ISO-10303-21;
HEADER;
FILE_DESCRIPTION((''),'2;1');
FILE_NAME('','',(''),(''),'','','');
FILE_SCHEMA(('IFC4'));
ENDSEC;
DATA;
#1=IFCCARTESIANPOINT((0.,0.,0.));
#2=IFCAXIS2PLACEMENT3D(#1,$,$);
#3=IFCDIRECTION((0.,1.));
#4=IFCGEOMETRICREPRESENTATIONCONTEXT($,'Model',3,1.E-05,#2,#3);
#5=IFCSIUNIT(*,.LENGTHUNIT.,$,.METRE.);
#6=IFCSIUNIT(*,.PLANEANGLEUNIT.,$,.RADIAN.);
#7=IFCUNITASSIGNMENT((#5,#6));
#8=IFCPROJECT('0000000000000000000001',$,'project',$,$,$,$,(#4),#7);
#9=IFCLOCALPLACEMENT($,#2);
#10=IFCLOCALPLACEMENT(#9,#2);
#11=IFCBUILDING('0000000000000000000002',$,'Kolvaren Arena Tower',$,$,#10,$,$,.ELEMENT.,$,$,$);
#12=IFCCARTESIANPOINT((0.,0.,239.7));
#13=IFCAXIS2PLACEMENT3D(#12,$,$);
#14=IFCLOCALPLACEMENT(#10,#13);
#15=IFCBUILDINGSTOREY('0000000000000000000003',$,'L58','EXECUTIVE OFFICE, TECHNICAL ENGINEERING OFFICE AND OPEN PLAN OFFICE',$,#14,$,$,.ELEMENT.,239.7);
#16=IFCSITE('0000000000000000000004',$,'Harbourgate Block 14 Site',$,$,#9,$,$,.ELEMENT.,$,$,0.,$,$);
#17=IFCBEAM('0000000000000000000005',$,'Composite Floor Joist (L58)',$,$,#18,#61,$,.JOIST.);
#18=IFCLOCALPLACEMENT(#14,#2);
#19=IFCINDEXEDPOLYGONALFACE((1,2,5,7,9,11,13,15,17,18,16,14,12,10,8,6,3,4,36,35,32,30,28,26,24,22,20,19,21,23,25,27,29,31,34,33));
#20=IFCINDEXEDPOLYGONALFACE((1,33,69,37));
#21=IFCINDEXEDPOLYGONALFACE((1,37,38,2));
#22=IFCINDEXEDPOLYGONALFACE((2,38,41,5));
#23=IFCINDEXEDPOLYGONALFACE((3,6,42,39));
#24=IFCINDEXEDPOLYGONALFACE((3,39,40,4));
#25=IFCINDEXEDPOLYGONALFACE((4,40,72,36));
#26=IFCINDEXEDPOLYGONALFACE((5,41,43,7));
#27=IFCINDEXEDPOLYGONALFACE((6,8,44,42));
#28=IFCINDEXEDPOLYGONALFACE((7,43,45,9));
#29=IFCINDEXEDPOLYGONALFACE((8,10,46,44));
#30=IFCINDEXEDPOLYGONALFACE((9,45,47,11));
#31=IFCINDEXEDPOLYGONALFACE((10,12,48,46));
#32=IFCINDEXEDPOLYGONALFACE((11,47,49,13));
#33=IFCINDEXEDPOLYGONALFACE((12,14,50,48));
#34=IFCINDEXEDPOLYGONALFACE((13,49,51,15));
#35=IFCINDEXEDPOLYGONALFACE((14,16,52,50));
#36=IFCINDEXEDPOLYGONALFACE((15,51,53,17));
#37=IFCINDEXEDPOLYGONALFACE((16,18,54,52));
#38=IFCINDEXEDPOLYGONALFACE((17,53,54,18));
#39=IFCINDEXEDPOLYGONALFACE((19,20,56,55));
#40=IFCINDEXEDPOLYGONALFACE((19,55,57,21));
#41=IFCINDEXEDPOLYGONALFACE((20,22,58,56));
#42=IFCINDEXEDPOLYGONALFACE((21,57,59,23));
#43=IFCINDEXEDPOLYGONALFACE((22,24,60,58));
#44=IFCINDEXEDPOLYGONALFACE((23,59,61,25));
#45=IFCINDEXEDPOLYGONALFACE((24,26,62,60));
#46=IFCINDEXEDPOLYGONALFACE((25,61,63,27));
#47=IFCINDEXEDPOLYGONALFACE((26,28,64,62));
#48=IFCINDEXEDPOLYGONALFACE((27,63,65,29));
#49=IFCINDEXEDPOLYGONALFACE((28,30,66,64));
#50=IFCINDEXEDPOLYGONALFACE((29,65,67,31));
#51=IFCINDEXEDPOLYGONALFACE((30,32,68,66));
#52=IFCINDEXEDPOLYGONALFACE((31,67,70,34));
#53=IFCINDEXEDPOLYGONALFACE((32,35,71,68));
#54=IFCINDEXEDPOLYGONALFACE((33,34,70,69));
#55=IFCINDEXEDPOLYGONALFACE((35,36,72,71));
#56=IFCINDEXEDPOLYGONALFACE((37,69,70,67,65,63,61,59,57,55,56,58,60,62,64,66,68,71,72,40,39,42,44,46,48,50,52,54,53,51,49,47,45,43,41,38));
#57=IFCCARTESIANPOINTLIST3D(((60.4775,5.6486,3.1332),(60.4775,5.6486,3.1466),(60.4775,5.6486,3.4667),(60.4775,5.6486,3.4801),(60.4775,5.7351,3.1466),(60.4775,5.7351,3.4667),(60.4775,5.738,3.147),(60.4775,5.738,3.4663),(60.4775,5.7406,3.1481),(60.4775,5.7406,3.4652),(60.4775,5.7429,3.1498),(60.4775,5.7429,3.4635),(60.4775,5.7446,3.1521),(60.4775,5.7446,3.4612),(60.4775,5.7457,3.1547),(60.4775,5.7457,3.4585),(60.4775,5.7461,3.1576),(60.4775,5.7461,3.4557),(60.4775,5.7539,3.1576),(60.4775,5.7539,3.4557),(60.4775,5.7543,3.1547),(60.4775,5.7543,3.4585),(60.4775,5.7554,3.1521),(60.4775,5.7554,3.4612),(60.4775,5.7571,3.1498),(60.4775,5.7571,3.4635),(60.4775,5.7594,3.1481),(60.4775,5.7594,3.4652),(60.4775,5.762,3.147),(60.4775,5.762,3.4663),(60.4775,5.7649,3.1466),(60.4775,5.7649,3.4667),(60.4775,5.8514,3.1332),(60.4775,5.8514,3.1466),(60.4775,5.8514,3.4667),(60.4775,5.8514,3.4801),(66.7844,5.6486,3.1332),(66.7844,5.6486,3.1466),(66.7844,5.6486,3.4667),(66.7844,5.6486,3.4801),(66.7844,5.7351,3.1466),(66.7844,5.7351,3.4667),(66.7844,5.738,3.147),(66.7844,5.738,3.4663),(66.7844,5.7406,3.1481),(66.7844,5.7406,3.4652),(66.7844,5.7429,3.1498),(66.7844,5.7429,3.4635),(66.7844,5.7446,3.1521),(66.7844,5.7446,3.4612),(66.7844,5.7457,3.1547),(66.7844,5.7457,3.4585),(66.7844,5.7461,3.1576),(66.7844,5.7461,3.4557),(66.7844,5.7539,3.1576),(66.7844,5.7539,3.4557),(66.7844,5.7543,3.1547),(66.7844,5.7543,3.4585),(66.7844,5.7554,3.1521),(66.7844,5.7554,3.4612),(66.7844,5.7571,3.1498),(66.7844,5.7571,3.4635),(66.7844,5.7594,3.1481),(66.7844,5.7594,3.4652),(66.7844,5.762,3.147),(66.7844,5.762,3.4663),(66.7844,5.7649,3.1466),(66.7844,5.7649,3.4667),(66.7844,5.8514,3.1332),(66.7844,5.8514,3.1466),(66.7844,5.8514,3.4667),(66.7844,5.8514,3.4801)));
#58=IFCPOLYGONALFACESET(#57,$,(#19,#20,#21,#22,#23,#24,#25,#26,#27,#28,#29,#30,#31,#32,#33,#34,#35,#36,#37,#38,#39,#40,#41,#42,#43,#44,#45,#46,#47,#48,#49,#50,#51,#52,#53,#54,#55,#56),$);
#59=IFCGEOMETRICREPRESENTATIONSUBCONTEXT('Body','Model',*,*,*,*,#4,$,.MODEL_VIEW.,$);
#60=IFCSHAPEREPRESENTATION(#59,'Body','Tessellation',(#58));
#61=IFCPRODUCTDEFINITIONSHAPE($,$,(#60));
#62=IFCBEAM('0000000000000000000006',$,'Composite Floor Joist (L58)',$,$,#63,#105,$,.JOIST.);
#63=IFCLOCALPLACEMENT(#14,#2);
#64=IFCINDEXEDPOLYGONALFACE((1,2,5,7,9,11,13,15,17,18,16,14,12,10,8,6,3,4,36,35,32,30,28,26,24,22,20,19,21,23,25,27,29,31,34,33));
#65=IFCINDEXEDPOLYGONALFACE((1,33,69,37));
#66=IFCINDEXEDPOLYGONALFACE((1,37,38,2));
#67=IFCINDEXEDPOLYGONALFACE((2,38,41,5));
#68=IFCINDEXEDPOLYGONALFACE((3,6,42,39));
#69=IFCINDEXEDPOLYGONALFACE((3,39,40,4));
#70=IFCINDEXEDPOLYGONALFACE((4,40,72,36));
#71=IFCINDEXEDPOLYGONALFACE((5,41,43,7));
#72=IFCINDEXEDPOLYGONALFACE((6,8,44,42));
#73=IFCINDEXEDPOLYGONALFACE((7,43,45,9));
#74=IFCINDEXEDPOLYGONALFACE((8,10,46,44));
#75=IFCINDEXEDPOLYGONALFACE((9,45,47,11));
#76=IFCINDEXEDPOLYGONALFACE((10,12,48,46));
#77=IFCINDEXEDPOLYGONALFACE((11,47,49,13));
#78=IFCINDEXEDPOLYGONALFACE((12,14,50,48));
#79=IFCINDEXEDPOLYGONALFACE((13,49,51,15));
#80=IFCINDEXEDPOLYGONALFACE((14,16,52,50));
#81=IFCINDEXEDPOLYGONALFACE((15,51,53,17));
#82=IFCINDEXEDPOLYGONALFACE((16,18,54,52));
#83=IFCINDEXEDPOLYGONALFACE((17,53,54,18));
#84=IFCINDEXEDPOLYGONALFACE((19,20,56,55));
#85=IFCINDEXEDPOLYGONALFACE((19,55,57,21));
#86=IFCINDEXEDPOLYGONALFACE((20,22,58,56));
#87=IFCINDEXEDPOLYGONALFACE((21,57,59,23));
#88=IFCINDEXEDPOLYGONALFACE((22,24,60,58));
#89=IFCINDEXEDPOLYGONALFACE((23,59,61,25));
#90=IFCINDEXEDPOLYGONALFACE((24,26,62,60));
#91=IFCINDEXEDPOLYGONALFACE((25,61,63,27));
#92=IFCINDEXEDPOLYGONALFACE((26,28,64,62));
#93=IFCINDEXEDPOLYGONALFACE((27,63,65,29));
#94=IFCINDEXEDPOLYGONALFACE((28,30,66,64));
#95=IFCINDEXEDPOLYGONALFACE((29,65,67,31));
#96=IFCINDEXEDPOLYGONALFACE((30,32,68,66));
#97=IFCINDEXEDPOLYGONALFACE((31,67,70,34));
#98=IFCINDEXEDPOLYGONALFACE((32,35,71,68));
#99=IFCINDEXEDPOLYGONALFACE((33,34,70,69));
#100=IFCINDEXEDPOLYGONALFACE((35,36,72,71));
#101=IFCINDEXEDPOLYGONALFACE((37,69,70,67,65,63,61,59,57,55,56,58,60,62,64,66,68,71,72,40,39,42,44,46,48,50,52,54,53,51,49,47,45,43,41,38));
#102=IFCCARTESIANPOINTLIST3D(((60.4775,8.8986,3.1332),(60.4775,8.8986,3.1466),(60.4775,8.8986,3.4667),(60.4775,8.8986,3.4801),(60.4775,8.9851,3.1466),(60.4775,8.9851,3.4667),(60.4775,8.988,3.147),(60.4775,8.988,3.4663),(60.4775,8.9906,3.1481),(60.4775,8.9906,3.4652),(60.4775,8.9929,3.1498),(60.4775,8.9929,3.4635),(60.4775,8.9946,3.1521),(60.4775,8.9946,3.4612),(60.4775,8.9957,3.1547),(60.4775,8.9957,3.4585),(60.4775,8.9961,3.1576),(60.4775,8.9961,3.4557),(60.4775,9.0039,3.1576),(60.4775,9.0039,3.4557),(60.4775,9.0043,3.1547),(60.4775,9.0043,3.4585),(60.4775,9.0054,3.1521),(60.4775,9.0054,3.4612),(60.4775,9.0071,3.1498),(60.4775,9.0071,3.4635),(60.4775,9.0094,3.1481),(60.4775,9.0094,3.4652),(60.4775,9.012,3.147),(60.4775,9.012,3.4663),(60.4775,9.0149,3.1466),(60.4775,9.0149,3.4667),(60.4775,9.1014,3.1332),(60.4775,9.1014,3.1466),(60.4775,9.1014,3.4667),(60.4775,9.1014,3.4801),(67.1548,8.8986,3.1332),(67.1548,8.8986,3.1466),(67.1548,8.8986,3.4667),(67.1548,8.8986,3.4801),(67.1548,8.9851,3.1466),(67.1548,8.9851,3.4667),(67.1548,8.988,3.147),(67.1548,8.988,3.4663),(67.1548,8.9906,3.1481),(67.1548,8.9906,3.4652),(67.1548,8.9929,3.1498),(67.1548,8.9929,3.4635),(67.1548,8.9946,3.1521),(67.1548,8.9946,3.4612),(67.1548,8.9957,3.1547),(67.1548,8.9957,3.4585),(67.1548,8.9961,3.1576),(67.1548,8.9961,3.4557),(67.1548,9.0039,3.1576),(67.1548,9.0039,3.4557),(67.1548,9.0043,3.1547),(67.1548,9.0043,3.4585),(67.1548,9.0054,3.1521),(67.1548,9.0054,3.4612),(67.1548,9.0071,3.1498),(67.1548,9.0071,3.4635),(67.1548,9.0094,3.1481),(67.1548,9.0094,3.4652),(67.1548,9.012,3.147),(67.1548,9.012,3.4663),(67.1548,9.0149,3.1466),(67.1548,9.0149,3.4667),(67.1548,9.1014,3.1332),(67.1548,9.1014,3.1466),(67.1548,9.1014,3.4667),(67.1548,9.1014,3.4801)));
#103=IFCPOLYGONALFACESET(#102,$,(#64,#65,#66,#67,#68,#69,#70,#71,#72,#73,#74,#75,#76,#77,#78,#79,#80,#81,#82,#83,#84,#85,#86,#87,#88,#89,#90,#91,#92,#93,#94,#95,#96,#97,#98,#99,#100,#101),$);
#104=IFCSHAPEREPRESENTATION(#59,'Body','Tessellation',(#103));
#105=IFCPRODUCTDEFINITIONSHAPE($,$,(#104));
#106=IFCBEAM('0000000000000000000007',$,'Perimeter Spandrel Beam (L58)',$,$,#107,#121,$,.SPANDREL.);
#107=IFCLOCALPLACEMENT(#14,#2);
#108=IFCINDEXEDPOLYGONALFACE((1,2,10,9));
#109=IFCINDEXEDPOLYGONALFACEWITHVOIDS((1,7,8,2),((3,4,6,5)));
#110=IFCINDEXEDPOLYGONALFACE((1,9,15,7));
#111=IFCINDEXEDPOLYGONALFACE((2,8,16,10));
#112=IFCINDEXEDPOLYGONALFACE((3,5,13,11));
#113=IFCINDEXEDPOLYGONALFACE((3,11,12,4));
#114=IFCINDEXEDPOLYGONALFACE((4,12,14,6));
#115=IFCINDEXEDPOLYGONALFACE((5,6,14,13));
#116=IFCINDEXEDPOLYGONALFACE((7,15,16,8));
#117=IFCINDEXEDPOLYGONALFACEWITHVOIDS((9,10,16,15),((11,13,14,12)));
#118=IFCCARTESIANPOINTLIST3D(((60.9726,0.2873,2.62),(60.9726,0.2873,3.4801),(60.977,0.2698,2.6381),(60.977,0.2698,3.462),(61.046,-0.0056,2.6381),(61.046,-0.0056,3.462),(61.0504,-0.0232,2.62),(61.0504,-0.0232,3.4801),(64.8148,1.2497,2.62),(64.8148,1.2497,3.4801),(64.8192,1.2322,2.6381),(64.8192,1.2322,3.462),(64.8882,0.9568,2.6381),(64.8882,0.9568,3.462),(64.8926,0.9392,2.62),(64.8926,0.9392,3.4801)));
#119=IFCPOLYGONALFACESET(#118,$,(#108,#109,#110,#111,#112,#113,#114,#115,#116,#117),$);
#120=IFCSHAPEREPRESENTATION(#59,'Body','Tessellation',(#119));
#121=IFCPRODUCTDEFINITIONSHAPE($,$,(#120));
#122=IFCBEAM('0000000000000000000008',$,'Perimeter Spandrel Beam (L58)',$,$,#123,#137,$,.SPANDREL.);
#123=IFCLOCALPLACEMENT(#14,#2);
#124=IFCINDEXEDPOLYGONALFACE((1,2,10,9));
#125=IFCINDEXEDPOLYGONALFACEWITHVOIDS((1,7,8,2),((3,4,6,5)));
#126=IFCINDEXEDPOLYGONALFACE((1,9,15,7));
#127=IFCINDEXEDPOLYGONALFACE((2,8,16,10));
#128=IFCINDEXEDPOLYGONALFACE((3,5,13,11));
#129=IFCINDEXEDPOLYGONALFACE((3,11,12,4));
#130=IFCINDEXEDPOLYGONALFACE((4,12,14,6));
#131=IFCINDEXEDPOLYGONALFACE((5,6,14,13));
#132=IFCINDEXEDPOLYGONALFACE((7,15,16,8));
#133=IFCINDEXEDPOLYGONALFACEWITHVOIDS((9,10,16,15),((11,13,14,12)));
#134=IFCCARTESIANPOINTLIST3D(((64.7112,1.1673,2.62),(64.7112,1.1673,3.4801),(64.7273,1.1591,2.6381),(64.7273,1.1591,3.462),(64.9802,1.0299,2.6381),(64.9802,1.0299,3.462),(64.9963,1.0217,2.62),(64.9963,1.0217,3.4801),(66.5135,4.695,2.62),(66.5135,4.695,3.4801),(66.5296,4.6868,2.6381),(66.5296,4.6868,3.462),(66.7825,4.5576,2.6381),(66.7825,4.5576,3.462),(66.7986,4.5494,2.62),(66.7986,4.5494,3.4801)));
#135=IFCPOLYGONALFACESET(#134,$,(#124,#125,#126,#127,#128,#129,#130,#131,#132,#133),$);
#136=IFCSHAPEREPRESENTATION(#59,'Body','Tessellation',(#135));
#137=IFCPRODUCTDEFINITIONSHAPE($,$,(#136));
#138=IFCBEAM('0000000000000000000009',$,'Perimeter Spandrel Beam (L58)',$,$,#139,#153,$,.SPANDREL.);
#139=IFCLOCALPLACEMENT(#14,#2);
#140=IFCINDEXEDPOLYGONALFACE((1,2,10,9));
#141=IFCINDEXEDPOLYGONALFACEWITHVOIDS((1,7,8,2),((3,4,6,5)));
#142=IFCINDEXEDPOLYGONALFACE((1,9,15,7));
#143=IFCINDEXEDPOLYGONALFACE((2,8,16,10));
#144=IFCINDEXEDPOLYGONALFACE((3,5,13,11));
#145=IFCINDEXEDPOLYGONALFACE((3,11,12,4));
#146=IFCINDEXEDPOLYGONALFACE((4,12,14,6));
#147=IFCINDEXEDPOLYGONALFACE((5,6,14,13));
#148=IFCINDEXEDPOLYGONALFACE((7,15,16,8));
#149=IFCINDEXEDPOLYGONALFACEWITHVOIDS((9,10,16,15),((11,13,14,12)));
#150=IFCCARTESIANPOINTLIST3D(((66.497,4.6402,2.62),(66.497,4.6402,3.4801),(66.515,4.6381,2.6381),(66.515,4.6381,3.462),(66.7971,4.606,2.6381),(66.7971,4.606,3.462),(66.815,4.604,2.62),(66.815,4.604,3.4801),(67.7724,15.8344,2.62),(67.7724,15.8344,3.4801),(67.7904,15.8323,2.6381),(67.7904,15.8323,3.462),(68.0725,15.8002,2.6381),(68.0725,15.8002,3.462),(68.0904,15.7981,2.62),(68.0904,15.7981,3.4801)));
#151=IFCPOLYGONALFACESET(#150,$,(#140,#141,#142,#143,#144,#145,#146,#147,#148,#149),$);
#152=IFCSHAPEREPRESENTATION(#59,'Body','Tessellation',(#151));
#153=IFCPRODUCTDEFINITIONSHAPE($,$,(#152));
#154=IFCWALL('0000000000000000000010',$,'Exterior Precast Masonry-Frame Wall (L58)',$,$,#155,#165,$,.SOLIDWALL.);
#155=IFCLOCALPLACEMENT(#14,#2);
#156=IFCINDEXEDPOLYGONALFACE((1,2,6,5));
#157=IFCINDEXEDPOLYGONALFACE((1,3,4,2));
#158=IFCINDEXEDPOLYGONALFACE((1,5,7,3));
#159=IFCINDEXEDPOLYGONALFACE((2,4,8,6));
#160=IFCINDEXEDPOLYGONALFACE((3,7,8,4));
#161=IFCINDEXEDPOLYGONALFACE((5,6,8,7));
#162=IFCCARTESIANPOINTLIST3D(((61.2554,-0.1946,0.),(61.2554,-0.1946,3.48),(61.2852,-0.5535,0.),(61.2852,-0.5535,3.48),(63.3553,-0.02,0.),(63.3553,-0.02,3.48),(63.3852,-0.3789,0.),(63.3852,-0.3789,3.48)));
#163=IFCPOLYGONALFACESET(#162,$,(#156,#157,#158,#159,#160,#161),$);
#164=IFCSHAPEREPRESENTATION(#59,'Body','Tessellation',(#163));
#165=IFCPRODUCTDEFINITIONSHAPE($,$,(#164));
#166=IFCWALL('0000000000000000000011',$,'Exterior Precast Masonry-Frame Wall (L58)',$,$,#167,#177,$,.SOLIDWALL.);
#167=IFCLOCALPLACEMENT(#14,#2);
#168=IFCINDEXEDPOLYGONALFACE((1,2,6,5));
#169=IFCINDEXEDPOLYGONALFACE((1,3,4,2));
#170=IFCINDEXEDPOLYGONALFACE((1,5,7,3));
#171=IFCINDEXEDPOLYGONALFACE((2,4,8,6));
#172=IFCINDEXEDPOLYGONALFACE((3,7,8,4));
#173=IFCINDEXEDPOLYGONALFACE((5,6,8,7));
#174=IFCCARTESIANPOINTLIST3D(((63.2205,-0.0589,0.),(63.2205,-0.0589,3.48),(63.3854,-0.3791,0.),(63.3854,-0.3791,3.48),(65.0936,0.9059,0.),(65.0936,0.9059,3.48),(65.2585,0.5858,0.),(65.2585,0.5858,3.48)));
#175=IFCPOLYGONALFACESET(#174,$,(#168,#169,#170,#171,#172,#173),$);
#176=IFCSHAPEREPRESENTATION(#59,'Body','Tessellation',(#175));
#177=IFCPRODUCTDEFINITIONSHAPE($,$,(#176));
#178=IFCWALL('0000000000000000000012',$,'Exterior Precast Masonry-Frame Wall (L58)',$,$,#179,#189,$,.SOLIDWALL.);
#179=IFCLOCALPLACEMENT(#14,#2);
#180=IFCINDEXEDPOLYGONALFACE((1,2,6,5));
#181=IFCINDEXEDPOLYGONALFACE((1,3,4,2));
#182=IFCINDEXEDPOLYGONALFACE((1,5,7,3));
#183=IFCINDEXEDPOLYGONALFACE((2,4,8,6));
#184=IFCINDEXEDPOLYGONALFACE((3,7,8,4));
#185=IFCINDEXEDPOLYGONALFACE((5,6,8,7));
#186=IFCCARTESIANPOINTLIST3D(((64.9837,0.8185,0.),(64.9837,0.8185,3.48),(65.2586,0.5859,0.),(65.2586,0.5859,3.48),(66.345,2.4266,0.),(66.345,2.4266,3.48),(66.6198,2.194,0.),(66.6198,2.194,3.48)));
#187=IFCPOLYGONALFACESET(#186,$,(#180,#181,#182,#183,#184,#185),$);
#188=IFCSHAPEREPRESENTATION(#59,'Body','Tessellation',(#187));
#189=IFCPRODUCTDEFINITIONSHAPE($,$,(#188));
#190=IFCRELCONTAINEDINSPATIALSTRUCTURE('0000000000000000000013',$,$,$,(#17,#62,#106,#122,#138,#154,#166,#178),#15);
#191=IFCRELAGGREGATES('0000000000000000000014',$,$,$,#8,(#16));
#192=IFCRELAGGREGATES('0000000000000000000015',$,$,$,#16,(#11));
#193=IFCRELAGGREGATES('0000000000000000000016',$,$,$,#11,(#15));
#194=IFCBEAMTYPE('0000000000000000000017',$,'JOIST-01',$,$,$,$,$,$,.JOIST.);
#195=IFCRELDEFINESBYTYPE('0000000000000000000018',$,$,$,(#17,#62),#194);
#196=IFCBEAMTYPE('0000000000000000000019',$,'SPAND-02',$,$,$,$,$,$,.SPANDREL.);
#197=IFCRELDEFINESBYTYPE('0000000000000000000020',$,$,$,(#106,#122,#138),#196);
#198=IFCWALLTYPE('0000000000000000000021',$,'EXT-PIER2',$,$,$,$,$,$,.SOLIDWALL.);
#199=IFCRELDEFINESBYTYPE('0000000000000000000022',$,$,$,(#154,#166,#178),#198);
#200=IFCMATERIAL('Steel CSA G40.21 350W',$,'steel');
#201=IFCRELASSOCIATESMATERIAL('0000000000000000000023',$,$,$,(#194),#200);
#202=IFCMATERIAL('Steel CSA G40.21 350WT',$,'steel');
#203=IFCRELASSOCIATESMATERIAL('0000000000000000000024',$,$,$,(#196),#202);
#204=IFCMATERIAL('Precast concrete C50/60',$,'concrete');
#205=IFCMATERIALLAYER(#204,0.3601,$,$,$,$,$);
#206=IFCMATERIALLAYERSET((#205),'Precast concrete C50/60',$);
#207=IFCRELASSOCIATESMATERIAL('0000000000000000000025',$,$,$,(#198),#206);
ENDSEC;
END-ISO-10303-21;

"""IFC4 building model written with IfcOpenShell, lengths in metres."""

from ifc_helpers import new_model, si_unit, direction, frame, frame_2d, origin, origin_2d, place, context, subcontext, project, spatial, rectangle, hollow_rectangle, i_section, extrude, material, layer, layer_set, material_profile, profile_set, type_object, element, save


model = new_model("IFC4")

# Units and contexts
model_context = context("Model", 3, precision=1e-05, world=origin(), true_north=direction((0.0, 1.0)))
body_context = subcontext(model_context, "Body", "Model", "MODEL_VIEW")
ifc_project = project(units=[si_unit("LENGTHUNIT", "METRE"), si_unit("PLANEANGLEUNIT", "RADIAN")], contexts=[model_context])

# Site, building, storey
site_placement = place(None, origin())
site = spatial("IfcSite", under=ifc_project, at=site_placement, Name="Harbourgate Block 14 Site", CompositionType="ELEMENT", RefElevation=0.0)
building_placement = place(site_placement, origin())
building = spatial("IfcBuilding", under=site, at=building_placement, Name="Kolvaren Arena Tower", CompositionType="ELEMENT")
storey_placement = place(building_placement, frame((0.0, 0.0, 239.7)))
storey = spatial("IfcBuildingStorey", under=building, at=storey_placement, Name="L58", Description="EXECUTIVE OFFICE, TECHNICAL ENGINEERING OFFICE AND OPEN PLAN OFFICE", CompositionType="ELEMENT", Elevation=239.7)

# Beams
ifc_material_1 = material(Name="Steel CSA G40.21 350W", Category="steel")
ifc_material_profile_1 = material_profile(ifc_material_1, i_section(OverallWidth=0.2029, OverallDepth=0.3469, WebThickness=0.0078, FlangeThickness=0.0134, FilletRadius=0.011, at=origin_2d()), Name="W360x64")
ifc_profile_set_1 = profile_set([ifc_material_profile_1], Name="Steel CSA G40.21 350W")
beam_type_1 = type_object("IfcBeamType", Name="JOIST-01", PredefinedType="JOIST", material=ifc_profile_set_1)
beam_1_placement = place(storey_placement, frame((60.4775, 5.75, 3.3066), z_axis=(1.0, 0.0, 0.0), x_axis=(0.0, 1.0, 0.0)))
element("IfcBeam", 1, at=beam_1_placement, inside=storey, type_object=beam_type_1, Name="Composite Floor Joist (L58)", PredefinedType="JOIST", context=body_context, shape_type="SweptSolid", body=[
    extrude(i_section(OverallWidth=0.2029, OverallDepth=0.3469, WebThickness=0.0078, FlangeThickness=0.0134, FilletRadius=0.011, at=origin_2d()), origin(), (0.0, 0.0, 1.0), 6.3069),
])
beam_2_placement = place(storey_placement, frame((60.4775, 9.0, 3.3066), z_axis=(1.0, 0.0, 0.0), x_axis=(0.0, 1.0, 0.0)))
element("IfcBeam", 2, at=beam_2_placement, inside=storey, type_object=beam_type_1, Name="Composite Floor Joist (L58)", PredefinedType="JOIST", context=body_context, shape_type="SweptSolid", body=[
    extrude(i_section(OverallWidth=0.2029, OverallDepth=0.3469, WebThickness=0.0078, FlangeThickness=0.0134, FilletRadius=0.011, at=origin_2d()), origin(), (0.0, 0.0, 1.0), 6.6772),
])
ifc_material_2 = material(Name="Steel CSA G40.21 350WT", Category="steel")
ifc_material_profile_2 = material_profile(ifc_material_2, hollow_rectangle(XDim=0.3201, YDim=0.8601, WallThickness=0.0181, at=origin_2d()), Name="HSS 860x320x18")
ifc_profile_set_2 = profile_set([ifc_material_profile_2], Name="Steel CSA G40.21 350WT")
beam_type_2 = type_object("IfcBeamType", Name="SPAND-02", PredefinedType="SPANDREL", material=ifc_profile_set_2)
beam_3_placement = place(storey_placement, frame((61.0115, 0.1321, 3.05), z_axis=(0.970034, 0.242971, 0.0), x_axis=(-0.242971, 0.970034, 0.0)))
element("IfcBeam", 3, at=beam_3_placement, inside=storey, type_object=beam_type_2, Name="Perimeter Spandrel Beam (L58)", PredefinedType="SPANDREL", context=body_context, shape_type="SweptSolid", body=[
    extrude(hollow_rectangle(XDim=0.3201, YDim=0.8601, WallThickness=0.0181, at=origin_2d()), origin(), (0.0, 0.0, 1.0), 3.9609),
])
beam_4_placement = place(storey_placement, frame((64.8538, 1.0945, 3.05), z_axis=(0.454962, 0.890511, 0.0), x_axis=(-0.890511, 0.454962, 0.0)))
element("IfcBeam", 4, at=beam_4_placement, inside=storey, type_object=beam_type_2, Name="Perimeter Spandrel Beam (L58)", PredefinedType="SPANDREL", context=body_context, shape_type="SweptSolid", body=[
    extrude(hollow_rectangle(XDim=0.3201, YDim=0.8601, WallThickness=0.0181, at=origin_2d()), origin(), (0.0, 0.0, 1.0), 3.9614),
])
beam_5_placement = place(storey_placement, frame((66.656, 4.6221, 3.05), z_axis=(0.113202, 0.993572, 0.0), x_axis=(-0.993572, 0.113202, 0.0)))
element("IfcBeam", 5, at=beam_5_placement, inside=storey, type_object=beam_type_2, Name="Perimeter Spandrel Beam (L58)", PredefinedType="SPANDREL", context=body_context, shape_type="SweptSolid", body=[
    extrude(hollow_rectangle(XDim=0.3201, YDim=0.8601, WallThickness=0.0181, at=origin_2d()), origin(), (0.0, 0.0, 1.0), 11.2666),
])

# Walls
ifc_material_3 = material(Name="Precast concrete C50/60", Category="concrete")
ifc_layer_1 = layer(ifc_material_3, 0.3601)
ifc_layer_set_1 = layer_set([ifc_layer_1], Name="Precast concrete C50/60")
wall_type_1 = type_object("IfcWallType", Name="EXT-PIER2", PredefinedType="SOLIDWALL", material=ifc_layer_set_1)
wall_1_placement = place(storey_placement, frame((63.3704, -0.1995, 0.0), z_axis=(0.0, 0.0, 1.0), x_axis=(-0.996563, -0.082844, 0.0)))
element("IfcWall", 6, at=wall_1_placement, inside=storey, type_object=wall_type_1, Name="Exterior Precast Masonry-Frame Wall (L58)", PredefinedType="SOLIDWALL", context=body_context, shape_type="SweptSolid", body=[
    extrude(rectangle(XDim=2.1072, YDim=0.3601, at=frame_2d((1.0537, 0.0))), origin(), (0.0, 0.0, 1.0), 3.48),
])
for number, where, z_axis, x_axis, name in (
    (7, (65.176, 0.7458, 0.0), (0.0, 0.0, 1.0), (-0.888986, -0.457934, 0.0), "Exterior Precast Masonry-Frame Wall (L58)"),
    (8, (66.4824, 2.3103, 0.0), (0.0, 0.0, 1.0), (-0.646103, -0.76325, 0.0), "Exterior Precast Masonry-Frame Wall (L58)"),
):
    element("IfcWall", number, at=place(storey_placement, frame(where, z_axis=z_axis, x_axis=x_axis)), inside=storey, type_object=wall_type_1, Name=name, PredefinedType="SOLIDWALL", context=body_context, shape_type="SweptSolid", body=[
        extrude(rectangle(XDim=2.1069, YDim=0.3601, at=frame_2d((1.0535, 0.0))), origin(), (0.0, 0.0, 1.0), 3.48),
    ])

save(model, "model.ifc")
